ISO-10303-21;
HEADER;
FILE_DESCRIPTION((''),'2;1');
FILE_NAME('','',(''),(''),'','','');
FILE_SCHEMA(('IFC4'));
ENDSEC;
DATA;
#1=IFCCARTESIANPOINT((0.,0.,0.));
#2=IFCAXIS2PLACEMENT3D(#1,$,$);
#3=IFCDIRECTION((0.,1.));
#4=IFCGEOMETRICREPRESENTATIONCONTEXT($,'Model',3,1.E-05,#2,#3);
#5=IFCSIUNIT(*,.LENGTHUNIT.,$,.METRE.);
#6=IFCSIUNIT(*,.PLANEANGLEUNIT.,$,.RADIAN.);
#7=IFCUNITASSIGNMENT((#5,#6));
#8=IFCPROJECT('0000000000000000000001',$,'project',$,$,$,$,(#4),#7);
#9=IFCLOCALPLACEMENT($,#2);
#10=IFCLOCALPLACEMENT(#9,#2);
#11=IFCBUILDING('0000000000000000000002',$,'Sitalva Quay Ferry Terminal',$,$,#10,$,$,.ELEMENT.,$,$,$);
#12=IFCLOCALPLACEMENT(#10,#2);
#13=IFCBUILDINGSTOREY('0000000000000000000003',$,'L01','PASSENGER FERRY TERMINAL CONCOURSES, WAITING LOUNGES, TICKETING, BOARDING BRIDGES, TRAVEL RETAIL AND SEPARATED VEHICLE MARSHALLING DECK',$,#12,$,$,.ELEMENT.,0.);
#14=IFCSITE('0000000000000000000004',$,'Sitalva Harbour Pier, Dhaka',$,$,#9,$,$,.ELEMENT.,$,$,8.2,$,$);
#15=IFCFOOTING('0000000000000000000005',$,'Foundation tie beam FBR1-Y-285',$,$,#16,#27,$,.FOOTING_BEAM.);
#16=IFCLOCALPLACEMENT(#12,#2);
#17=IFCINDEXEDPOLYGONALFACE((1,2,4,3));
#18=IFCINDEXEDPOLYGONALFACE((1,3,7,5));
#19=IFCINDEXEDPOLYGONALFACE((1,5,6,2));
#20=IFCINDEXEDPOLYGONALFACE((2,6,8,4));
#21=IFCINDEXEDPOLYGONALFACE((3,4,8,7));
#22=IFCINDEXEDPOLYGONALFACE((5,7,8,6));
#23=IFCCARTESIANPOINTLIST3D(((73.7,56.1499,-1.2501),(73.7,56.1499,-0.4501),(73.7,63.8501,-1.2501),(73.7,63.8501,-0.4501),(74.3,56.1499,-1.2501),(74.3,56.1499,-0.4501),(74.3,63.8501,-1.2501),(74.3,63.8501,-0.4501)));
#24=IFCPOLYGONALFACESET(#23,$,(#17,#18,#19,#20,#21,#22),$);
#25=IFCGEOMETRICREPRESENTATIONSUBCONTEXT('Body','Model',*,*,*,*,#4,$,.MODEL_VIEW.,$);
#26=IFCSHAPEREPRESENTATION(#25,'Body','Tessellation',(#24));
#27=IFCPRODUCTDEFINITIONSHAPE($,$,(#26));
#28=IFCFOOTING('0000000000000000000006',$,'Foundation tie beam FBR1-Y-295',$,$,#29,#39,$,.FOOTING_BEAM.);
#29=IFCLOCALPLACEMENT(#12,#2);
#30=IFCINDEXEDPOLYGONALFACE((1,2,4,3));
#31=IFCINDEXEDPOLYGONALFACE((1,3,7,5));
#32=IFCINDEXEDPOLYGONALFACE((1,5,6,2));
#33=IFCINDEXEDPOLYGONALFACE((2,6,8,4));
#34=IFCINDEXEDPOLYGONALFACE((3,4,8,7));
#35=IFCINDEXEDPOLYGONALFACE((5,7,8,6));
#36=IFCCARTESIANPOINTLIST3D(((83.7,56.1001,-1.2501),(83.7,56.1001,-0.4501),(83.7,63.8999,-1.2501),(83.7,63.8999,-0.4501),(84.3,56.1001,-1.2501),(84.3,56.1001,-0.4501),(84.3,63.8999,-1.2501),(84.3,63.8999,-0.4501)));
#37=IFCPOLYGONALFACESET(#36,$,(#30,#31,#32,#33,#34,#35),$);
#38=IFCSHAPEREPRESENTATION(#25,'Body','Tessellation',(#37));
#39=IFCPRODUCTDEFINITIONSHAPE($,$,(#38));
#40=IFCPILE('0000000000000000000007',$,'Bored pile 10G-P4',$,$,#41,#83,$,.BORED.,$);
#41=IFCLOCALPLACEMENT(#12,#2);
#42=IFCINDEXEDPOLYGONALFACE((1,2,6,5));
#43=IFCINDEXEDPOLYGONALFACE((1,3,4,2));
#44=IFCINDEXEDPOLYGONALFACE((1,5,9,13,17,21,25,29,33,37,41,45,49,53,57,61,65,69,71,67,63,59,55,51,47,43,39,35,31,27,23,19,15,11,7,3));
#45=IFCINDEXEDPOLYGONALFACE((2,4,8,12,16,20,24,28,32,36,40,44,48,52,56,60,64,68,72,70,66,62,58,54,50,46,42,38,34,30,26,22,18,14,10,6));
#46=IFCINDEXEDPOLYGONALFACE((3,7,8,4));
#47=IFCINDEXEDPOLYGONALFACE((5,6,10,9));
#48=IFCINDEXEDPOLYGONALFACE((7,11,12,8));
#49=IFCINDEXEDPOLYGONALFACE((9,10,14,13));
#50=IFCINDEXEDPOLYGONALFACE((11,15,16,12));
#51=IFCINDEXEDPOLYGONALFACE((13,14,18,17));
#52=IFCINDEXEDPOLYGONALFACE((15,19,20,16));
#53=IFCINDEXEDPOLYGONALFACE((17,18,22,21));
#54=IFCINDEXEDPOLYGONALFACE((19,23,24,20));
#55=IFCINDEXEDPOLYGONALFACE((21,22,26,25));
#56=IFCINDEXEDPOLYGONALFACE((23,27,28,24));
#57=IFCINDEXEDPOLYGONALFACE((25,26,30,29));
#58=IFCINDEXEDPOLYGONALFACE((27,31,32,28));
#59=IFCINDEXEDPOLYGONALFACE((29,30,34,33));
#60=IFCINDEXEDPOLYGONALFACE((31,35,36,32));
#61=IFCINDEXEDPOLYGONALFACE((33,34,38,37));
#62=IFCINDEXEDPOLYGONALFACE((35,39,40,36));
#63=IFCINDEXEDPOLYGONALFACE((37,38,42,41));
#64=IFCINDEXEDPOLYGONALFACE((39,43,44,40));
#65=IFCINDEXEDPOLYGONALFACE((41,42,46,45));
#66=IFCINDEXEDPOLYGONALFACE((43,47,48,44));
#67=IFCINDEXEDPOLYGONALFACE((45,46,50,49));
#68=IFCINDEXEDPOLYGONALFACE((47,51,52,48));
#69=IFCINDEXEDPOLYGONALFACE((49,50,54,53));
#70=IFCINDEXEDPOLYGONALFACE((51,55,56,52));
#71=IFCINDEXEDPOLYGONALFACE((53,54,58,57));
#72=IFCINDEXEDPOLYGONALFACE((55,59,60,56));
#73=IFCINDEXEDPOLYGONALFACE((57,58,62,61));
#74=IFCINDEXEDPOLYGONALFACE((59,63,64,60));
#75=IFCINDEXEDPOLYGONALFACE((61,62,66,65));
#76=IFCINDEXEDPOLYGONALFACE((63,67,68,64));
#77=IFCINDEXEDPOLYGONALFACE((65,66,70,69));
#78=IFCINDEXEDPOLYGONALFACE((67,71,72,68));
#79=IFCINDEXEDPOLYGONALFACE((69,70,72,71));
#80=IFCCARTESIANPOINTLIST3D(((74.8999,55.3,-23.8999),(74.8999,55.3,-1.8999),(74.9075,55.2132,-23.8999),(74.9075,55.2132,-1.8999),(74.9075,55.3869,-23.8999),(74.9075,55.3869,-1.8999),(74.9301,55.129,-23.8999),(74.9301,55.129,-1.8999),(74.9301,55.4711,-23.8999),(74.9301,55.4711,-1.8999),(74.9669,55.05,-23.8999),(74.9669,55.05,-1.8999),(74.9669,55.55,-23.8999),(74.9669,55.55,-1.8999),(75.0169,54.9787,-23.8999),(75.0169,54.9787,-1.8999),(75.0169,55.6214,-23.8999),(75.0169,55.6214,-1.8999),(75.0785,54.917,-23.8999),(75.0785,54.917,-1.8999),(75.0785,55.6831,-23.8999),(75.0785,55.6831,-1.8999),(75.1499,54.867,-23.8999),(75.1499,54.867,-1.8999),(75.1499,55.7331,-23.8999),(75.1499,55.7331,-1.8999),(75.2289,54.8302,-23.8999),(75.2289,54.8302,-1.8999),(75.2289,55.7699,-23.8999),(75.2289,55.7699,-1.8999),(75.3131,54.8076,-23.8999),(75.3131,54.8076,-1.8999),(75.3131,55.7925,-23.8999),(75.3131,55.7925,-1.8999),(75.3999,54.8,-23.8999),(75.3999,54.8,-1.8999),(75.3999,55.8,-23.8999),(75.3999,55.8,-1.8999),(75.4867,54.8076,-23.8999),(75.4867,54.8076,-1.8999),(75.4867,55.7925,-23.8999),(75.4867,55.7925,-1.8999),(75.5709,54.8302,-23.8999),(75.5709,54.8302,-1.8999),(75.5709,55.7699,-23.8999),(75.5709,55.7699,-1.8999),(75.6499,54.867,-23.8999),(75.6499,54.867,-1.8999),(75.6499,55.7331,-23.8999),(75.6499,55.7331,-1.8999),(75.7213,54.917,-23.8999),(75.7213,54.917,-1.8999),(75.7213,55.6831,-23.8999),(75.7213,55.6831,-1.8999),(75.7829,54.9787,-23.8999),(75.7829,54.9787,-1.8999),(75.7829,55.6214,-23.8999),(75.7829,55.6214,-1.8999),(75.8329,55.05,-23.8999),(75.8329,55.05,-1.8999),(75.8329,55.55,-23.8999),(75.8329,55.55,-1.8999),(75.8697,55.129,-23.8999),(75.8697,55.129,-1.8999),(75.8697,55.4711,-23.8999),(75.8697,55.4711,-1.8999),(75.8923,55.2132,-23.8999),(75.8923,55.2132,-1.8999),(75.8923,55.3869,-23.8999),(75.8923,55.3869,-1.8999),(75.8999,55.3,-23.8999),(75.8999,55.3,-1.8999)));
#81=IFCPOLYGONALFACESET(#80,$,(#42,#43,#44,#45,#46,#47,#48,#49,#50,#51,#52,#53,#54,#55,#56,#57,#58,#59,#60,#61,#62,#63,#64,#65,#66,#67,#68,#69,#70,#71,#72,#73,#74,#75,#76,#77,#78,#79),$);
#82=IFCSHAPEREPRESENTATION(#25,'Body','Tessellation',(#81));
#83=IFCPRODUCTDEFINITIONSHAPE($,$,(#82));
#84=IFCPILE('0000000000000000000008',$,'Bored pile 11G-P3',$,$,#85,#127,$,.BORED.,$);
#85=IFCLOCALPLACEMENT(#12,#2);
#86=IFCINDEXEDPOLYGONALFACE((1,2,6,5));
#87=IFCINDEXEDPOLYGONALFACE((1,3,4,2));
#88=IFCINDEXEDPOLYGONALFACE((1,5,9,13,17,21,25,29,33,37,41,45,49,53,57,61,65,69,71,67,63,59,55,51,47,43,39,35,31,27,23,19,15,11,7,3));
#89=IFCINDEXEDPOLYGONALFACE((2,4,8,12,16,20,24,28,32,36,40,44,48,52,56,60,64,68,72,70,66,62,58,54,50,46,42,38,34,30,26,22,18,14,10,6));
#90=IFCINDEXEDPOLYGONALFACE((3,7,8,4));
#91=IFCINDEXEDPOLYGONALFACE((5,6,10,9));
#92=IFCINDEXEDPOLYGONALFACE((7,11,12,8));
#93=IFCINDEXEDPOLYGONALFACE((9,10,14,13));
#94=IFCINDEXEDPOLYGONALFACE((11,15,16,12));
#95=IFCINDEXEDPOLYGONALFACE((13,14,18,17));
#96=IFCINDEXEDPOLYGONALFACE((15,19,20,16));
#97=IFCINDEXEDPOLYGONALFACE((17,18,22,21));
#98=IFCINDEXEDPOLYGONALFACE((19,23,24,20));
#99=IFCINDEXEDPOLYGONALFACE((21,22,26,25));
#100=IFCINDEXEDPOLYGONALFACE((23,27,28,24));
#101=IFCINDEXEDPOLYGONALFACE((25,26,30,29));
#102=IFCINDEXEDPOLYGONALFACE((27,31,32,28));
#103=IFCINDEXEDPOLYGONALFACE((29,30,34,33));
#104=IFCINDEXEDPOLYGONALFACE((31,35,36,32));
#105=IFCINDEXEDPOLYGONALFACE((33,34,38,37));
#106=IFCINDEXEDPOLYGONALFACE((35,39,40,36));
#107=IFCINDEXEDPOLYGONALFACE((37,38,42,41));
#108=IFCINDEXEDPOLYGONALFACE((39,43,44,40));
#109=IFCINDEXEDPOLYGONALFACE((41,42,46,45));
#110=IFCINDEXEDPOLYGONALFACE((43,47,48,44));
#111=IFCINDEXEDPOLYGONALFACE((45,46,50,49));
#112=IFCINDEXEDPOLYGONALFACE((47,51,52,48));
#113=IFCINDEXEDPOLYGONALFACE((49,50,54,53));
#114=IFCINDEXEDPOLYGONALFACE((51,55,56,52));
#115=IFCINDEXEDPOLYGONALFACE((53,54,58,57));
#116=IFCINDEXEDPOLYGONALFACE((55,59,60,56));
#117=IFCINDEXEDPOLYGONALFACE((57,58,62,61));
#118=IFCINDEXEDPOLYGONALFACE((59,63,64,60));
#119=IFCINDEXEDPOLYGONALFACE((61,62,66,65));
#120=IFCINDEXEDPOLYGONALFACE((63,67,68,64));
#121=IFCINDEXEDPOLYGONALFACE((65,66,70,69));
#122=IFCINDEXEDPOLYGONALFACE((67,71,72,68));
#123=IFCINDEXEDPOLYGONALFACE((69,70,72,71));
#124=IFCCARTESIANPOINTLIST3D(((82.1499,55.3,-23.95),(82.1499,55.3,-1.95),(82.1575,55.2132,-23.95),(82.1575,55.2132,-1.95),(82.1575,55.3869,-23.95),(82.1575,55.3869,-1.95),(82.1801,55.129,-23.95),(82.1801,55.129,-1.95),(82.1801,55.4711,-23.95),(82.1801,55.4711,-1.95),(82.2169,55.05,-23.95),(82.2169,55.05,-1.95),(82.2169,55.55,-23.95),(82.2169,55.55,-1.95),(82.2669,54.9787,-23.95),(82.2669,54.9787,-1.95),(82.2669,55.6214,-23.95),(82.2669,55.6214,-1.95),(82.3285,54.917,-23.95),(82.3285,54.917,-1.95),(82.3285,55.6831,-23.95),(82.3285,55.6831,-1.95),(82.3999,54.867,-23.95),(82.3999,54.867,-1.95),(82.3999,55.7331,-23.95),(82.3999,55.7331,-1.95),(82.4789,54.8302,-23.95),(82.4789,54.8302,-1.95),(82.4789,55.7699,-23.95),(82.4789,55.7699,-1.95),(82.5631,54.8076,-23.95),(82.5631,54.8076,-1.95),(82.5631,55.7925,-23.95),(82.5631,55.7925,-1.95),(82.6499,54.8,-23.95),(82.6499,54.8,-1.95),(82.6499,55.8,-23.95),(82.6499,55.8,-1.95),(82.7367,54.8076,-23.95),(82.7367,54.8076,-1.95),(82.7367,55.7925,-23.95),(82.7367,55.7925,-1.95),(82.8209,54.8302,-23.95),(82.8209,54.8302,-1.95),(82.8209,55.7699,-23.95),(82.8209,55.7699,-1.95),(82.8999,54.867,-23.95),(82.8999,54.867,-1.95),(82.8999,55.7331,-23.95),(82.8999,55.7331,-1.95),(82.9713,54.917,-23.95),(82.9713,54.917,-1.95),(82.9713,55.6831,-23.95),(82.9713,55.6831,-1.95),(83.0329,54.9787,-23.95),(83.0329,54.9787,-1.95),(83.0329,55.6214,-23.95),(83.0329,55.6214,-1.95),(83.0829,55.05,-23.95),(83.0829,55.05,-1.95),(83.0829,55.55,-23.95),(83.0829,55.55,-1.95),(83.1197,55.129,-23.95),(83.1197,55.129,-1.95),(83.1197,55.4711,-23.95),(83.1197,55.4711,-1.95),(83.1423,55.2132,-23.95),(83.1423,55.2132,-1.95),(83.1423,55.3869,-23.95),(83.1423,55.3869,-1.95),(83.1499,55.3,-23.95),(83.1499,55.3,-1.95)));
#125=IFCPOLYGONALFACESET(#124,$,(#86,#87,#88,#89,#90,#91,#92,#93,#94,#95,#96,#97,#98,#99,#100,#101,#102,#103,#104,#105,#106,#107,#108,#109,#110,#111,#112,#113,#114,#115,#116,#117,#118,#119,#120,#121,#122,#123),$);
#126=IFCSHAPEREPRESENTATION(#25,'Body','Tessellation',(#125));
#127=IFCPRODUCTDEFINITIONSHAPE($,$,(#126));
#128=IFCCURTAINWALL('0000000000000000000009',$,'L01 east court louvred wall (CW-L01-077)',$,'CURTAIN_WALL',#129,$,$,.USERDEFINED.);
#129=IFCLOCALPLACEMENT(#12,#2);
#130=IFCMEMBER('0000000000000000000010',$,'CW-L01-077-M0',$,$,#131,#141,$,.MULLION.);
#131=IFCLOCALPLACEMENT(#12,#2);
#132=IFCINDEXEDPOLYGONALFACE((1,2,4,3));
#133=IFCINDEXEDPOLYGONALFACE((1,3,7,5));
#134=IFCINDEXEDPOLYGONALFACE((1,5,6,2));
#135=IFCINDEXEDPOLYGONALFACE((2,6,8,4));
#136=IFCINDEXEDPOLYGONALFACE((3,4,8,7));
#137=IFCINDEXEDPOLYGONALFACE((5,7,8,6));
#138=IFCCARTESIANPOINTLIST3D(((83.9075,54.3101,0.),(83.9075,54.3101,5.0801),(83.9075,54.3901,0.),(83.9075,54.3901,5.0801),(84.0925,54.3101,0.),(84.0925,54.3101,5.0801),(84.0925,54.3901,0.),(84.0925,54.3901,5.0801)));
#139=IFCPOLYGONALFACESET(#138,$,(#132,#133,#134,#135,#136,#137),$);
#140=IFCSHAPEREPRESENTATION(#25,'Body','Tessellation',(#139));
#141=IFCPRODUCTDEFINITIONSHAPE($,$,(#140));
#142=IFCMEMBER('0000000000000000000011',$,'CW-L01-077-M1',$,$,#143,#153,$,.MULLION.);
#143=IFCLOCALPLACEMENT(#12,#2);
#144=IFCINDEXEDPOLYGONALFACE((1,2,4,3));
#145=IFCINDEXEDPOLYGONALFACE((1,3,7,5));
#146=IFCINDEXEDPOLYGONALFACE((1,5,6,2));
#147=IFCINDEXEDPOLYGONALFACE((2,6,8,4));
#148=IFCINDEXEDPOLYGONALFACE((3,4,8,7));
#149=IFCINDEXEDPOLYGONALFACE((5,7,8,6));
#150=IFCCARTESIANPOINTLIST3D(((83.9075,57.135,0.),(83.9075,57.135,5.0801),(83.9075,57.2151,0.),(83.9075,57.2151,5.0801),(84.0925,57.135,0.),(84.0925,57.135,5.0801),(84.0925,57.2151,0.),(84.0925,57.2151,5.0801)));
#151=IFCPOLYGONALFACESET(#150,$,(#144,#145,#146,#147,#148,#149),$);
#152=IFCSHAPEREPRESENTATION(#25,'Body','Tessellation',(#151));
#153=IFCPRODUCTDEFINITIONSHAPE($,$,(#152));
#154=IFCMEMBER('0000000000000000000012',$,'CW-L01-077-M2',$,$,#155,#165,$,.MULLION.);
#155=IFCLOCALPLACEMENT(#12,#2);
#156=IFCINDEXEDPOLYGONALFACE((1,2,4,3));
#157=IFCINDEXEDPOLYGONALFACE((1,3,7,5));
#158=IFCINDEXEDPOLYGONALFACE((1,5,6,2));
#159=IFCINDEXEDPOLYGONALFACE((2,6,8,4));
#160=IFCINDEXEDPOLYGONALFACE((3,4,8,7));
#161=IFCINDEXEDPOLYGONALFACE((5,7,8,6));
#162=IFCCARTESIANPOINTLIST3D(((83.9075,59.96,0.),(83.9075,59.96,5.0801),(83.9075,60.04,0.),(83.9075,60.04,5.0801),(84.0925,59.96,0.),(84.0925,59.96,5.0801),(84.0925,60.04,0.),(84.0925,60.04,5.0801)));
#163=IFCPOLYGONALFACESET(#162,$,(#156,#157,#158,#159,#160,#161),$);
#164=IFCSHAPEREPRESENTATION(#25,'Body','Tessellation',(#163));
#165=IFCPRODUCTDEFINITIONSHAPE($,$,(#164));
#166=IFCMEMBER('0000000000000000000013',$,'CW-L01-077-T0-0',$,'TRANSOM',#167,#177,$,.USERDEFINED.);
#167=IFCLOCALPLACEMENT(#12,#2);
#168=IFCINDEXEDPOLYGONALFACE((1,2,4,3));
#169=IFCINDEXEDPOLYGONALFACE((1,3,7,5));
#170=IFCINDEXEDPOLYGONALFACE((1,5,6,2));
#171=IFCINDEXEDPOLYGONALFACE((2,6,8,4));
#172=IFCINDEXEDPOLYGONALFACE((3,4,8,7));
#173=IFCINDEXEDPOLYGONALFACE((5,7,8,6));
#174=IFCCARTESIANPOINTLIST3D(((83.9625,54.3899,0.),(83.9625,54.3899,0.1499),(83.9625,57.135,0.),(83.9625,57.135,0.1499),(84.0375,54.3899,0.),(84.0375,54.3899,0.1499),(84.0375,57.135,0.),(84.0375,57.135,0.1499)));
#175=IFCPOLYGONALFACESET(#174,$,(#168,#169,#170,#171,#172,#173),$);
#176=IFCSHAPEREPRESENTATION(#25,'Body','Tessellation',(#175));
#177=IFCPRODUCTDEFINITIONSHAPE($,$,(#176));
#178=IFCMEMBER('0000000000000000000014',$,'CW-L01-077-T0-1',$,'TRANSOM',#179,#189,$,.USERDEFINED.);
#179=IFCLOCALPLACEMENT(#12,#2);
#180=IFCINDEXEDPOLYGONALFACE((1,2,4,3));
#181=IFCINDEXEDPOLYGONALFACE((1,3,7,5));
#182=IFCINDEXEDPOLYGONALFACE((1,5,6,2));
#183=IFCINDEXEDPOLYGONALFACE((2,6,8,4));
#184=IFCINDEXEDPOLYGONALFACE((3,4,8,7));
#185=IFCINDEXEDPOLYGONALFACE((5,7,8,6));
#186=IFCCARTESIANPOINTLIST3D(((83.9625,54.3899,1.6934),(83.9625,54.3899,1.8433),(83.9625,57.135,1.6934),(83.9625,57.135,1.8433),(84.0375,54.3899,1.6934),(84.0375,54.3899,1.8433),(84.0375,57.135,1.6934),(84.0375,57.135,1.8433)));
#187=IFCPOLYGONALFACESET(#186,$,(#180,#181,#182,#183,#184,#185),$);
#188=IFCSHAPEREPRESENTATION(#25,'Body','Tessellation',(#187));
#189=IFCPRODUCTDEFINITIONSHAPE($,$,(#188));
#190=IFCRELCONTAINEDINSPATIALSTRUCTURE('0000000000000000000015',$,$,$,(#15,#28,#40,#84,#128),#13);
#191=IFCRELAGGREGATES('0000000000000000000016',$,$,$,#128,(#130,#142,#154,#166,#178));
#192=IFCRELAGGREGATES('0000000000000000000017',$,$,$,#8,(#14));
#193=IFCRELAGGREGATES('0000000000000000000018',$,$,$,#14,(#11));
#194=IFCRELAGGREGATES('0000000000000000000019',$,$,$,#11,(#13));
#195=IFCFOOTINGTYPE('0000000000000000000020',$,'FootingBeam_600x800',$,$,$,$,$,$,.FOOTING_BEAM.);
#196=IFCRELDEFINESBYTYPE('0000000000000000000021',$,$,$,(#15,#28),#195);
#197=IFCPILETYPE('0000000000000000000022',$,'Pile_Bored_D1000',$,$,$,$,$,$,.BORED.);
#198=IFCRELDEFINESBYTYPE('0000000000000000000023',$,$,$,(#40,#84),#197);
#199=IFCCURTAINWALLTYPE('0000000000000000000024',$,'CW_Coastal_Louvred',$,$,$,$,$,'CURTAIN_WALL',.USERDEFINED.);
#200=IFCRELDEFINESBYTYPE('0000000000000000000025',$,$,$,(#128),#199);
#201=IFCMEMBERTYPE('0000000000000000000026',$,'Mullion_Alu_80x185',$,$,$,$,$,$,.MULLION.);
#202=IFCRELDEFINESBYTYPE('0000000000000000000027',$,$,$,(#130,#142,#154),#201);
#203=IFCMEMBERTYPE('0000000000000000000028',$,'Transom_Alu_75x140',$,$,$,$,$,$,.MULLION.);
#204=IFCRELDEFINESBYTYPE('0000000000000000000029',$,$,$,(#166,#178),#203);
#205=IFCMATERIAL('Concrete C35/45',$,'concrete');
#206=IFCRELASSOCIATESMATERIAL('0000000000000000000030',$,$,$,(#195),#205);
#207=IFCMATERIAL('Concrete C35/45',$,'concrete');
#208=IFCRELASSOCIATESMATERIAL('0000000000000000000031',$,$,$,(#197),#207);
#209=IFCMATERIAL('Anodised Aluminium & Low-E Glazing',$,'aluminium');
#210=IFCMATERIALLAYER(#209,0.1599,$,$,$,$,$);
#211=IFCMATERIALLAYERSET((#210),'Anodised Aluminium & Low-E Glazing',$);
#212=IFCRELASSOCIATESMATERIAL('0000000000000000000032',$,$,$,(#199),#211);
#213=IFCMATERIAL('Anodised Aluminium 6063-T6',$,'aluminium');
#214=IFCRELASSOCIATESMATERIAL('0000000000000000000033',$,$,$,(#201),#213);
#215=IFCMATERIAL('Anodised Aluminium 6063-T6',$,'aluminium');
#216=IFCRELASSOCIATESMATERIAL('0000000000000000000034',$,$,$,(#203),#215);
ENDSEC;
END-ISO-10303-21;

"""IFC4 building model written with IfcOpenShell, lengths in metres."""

from ifc_helpers import new_model, si_unit, direction, frame, origin, origin_2d, place, context, subcontext, project, spatial, rectangle, circle, extrude, material, layer, layer_set, material_profile, profile_set, type_object, element, aggregate, save


model = new_model("IFC4")

# Units and contexts
model_context = context("Model", 3, precision=1e-05, world=origin(), true_north=direction((0.0, 1.0)))
body_context = subcontext(model_context, "Body", "Model", "MODEL_VIEW")
ifc_project = project(units=[si_unit("LENGTHUNIT", "METRE"), si_unit("PLANEANGLEUNIT", "RADIAN")], contexts=[model_context])

# Site, building, storey
site_placement = place(None, origin())
site = spatial("IfcSite", under=ifc_project, at=site_placement, Name="Sitalva Harbour Pier, Dhaka", CompositionType="ELEMENT", RefElevation=8.2)
building_placement = place(site_placement, origin())
building = spatial("IfcBuilding", under=site, at=building_placement, Name="Sitalva Quay Ferry Terminal", CompositionType="ELEMENT")
storey_placement = place(building_placement, origin())
storey = spatial("IfcBuildingStorey", under=building, at=storey_placement, Name="L01", Description="PASSENGER FERRY TERMINAL CONCOURSES, WAITING LOUNGES, TICKETING, BOARDING BRIDGES, TRAVEL RETAIL AND SEPARATED VEHICLE MARSHALLING DECK", CompositionType="ELEMENT", Elevation=0.0)

# Footings
ifc_material_1 = material(Name="Concrete C35/45", Category="concrete")
ifc_material_profile_1 = material_profile(ifc_material_1, rectangle(XDim=0.6001, YDim=0.8, at=origin_2d()), Name="RC600x800")
ifc_profile_set_1 = profile_set([ifc_material_profile_1], Name="Concrete C35/45")
footing_type = type_object("IfcFootingType", Name="FootingBeam_600x800", PredefinedType="FOOTING_BEAM", material=ifc_profile_set_1)
footing_1_placement = place(storey_placement, frame((74.0, 56.1499, -0.8501), z_axis=(0.0, 1.0, 0.0), x_axis=(-1.0, 0.0, 0.0)))
element("IfcFooting", 1, at=footing_1_placement, inside=storey, type_object=footing_type, Name="Foundation tie beam FBR1-Y-285", PredefinedType="FOOTING_BEAM", context=body_context, shape_type="SweptSolid", body=[
    extrude(rectangle(XDim=0.6001, YDim=0.8, at=origin_2d()), origin(), (0.0, 0.0, 1.0), 7.7002),
])
footing_2_placement = place(storey_placement, frame((84.0, 56.1001, -0.8501), z_axis=(0.0, 1.0, 0.0), x_axis=(-1.0, 0.0, 0.0)))
element("IfcFooting", 2, at=footing_2_placement, inside=storey, type_object=footing_type, Name="Foundation tie beam FBR1-Y-295", PredefinedType="FOOTING_BEAM", context=body_context, shape_type="SweptSolid", body=[
    extrude(rectangle(XDim=0.6001, YDim=0.8, at=origin_2d()), origin(), (0.0, 0.0, 1.0), 7.7998),
])

# Piles
ifc_material_2 = material(Name="Concrete C35/45", Category="concrete")
ifc_material_profile_2 = material_profile(ifc_material_2, circle(Radius=0.5, at=origin_2d()), Name="PILE-D1000")
ifc_profile_set_2 = profile_set([ifc_material_profile_2], Name="Concrete C35/45")
pile_type = type_object("IfcPileType", Name="Pile_Bored_D1000", PredefinedType="BORED", material=ifc_profile_set_2)
for number, where, z_axis, x_axis, name in (
    (3, (75.3999, 55.3, -1.8999), (0.0, 0.0, -1.0), (1.0, 0.0, 0.0), "Bored pile 10G-P4"),
    (4, (82.6499, 55.3, -1.95), (0.0, 0.0, -1.0), (1.0, 0.0, 0.0), "Bored pile 11G-P3"),
):
    element("IfcPile", number, at=place(storey_placement, frame(where, z_axis=z_axis, x_axis=x_axis)), inside=storey, type_object=pile_type, Name=name, PredefinedType="BORED", context=body_context, shape_type="SweptSolid", body=[
        extrude(circle(Radius=0.5, at=origin_2d()), origin(), (0.0, 0.0, 1.0), 22.0),
    ])

# Curtain wall, members
ifc_material_3 = material(Name="Anodised Aluminium & Low-E Glazing", Category="aluminium")
ifc_layer_1 = layer(ifc_material_3, 0.1599)
ifc_layer_set_1 = layer_set([ifc_layer_1], Name="Anodised Aluminium & Low-E Glazing")
curtain_wall_type = type_object("IfcCurtainWallType", Name="CW_Coastal_Louvred", ElementType="CURTAIN_WALL", PredefinedType="USERDEFINED", material=ifc_layer_set_1)
curtain_wall_placement = place(storey_placement, origin())
curtain_wall = element("IfcCurtainWall", 5, at=curtain_wall_placement, inside=storey, type_object=curtain_wall_type, Name="L01 east court louvred wall (CW-L01-077)", ObjectType="CURTAIN_WALL", PredefinedType="USERDEFINED")
ifc_material_4 = material(Name="Anodised Aluminium 6063-T6", Category="aluminium")
ifc_material_profile_3 = material_profile(ifc_material_4, rectangle(XDim=0.0801, YDim=0.1851, at=origin_2d()), Name="ALU80x185")
ifc_profile_set_3 = profile_set([ifc_material_profile_3], Name="Anodised Aluminium 6063-T6")
member_type_1 = type_object("IfcMemberType", Name="Mullion_Alu_80x185", PredefinedType="MULLION", material=ifc_profile_set_3)
member_1_placement = place(storey_placement, frame((84.0, 54.3501, 0.0), z_axis=(0.0, 0.0, 1.0), x_axis=(0.0, 1.0, 0.0)))
member_1 = element("IfcMember", 6, at=member_1_placement, type_object=member_type_1, Name="CW-L01-077-M0", PredefinedType="MULLION", context=body_context, shape_type="SweptSolid", body=[
    extrude(rectangle(XDim=0.0801, YDim=0.1851, at=origin_2d()), origin(), (0.0, 0.0, 1.0), 5.0801),
])
member_2_placement = place(storey_placement, frame((84.0, 57.175, 0.0), z_axis=(0.0, 0.0, 1.0), x_axis=(0.0, 1.0, 0.0)))
member_2 = element("IfcMember", 7, at=member_2_placement, type_object=member_type_1, Name="CW-L01-077-M1", PredefinedType="MULLION", context=body_context, shape_type="SweptSolid", body=[
    extrude(rectangle(XDim=0.0801, YDim=0.1851, at=origin_2d()), origin(), (0.0, 0.0, 1.0), 5.0801),
])
member_3_placement = place(storey_placement, frame((84.0, 60.0, 0.0), z_axis=(0.0, 0.0, 1.0), x_axis=(0.0, 1.0, 0.0)))
member_3 = element("IfcMember", 8, at=member_3_placement, type_object=member_type_1, Name="CW-L01-077-M2", PredefinedType="MULLION", context=body_context, shape_type="SweptSolid", body=[
    extrude(rectangle(XDim=0.0801, YDim=0.1851, at=origin_2d()), origin(), (0.0, 0.0, 1.0), 5.0801),
])
ifc_material_5 = material(Name="Anodised Aluminium 6063-T6", Category="aluminium")
ifc_material_profile_4 = material_profile(ifc_material_5, rectangle(XDim=0.075, YDim=0.1499, at=origin_2d()), Name="ALU75x150")
ifc_profile_set_4 = profile_set([ifc_material_profile_4], Name="Anodised Aluminium 6063-T6")
member_type_2 = type_object("IfcMemberType", Name="Transom_Alu_75x140", PredefinedType="MULLION", material=ifc_profile_set_4)
member_4_placement = place(storey_placement, frame((84.0, 54.3899, 0.075), z_axis=(0.0, 1.0, 0.0), x_axis=(-1.0, 0.0, 0.0)))
member_4 = element("IfcMember", 9, at=member_4_placement, type_object=member_type_2, Name="CW-L01-077-T0-0", ObjectType="TRANSOM", PredefinedType="USERDEFINED", context=body_context, shape_type="SweptSolid", body=[
    extrude(rectangle(XDim=0.075, YDim=0.1499, at=origin_2d()), origin(), (0.0, 0.0, 1.0), 2.7451),
])
member_5_placement = place(storey_placement, frame((84.0, 54.3899, 1.7683), z_axis=(0.0, 1.0, 0.0), x_axis=(-1.0, 0.0, 0.0)))
member_5 = element("IfcMember", 10, at=member_5_placement, type_object=member_type_2, Name="CW-L01-077-T0-1", ObjectType="TRANSOM", PredefinedType="USERDEFINED", context=body_context, shape_type="SweptSolid", body=[
    extrude(rectangle(XDim=0.075, YDim=0.1499, at=origin_2d()), origin(), (0.0, 0.0, 1.0), 2.7451),
])
aggregate(curtain_wall, [member_1, member_2, member_3, member_4, member_5])

save(model, "model.ifc")
